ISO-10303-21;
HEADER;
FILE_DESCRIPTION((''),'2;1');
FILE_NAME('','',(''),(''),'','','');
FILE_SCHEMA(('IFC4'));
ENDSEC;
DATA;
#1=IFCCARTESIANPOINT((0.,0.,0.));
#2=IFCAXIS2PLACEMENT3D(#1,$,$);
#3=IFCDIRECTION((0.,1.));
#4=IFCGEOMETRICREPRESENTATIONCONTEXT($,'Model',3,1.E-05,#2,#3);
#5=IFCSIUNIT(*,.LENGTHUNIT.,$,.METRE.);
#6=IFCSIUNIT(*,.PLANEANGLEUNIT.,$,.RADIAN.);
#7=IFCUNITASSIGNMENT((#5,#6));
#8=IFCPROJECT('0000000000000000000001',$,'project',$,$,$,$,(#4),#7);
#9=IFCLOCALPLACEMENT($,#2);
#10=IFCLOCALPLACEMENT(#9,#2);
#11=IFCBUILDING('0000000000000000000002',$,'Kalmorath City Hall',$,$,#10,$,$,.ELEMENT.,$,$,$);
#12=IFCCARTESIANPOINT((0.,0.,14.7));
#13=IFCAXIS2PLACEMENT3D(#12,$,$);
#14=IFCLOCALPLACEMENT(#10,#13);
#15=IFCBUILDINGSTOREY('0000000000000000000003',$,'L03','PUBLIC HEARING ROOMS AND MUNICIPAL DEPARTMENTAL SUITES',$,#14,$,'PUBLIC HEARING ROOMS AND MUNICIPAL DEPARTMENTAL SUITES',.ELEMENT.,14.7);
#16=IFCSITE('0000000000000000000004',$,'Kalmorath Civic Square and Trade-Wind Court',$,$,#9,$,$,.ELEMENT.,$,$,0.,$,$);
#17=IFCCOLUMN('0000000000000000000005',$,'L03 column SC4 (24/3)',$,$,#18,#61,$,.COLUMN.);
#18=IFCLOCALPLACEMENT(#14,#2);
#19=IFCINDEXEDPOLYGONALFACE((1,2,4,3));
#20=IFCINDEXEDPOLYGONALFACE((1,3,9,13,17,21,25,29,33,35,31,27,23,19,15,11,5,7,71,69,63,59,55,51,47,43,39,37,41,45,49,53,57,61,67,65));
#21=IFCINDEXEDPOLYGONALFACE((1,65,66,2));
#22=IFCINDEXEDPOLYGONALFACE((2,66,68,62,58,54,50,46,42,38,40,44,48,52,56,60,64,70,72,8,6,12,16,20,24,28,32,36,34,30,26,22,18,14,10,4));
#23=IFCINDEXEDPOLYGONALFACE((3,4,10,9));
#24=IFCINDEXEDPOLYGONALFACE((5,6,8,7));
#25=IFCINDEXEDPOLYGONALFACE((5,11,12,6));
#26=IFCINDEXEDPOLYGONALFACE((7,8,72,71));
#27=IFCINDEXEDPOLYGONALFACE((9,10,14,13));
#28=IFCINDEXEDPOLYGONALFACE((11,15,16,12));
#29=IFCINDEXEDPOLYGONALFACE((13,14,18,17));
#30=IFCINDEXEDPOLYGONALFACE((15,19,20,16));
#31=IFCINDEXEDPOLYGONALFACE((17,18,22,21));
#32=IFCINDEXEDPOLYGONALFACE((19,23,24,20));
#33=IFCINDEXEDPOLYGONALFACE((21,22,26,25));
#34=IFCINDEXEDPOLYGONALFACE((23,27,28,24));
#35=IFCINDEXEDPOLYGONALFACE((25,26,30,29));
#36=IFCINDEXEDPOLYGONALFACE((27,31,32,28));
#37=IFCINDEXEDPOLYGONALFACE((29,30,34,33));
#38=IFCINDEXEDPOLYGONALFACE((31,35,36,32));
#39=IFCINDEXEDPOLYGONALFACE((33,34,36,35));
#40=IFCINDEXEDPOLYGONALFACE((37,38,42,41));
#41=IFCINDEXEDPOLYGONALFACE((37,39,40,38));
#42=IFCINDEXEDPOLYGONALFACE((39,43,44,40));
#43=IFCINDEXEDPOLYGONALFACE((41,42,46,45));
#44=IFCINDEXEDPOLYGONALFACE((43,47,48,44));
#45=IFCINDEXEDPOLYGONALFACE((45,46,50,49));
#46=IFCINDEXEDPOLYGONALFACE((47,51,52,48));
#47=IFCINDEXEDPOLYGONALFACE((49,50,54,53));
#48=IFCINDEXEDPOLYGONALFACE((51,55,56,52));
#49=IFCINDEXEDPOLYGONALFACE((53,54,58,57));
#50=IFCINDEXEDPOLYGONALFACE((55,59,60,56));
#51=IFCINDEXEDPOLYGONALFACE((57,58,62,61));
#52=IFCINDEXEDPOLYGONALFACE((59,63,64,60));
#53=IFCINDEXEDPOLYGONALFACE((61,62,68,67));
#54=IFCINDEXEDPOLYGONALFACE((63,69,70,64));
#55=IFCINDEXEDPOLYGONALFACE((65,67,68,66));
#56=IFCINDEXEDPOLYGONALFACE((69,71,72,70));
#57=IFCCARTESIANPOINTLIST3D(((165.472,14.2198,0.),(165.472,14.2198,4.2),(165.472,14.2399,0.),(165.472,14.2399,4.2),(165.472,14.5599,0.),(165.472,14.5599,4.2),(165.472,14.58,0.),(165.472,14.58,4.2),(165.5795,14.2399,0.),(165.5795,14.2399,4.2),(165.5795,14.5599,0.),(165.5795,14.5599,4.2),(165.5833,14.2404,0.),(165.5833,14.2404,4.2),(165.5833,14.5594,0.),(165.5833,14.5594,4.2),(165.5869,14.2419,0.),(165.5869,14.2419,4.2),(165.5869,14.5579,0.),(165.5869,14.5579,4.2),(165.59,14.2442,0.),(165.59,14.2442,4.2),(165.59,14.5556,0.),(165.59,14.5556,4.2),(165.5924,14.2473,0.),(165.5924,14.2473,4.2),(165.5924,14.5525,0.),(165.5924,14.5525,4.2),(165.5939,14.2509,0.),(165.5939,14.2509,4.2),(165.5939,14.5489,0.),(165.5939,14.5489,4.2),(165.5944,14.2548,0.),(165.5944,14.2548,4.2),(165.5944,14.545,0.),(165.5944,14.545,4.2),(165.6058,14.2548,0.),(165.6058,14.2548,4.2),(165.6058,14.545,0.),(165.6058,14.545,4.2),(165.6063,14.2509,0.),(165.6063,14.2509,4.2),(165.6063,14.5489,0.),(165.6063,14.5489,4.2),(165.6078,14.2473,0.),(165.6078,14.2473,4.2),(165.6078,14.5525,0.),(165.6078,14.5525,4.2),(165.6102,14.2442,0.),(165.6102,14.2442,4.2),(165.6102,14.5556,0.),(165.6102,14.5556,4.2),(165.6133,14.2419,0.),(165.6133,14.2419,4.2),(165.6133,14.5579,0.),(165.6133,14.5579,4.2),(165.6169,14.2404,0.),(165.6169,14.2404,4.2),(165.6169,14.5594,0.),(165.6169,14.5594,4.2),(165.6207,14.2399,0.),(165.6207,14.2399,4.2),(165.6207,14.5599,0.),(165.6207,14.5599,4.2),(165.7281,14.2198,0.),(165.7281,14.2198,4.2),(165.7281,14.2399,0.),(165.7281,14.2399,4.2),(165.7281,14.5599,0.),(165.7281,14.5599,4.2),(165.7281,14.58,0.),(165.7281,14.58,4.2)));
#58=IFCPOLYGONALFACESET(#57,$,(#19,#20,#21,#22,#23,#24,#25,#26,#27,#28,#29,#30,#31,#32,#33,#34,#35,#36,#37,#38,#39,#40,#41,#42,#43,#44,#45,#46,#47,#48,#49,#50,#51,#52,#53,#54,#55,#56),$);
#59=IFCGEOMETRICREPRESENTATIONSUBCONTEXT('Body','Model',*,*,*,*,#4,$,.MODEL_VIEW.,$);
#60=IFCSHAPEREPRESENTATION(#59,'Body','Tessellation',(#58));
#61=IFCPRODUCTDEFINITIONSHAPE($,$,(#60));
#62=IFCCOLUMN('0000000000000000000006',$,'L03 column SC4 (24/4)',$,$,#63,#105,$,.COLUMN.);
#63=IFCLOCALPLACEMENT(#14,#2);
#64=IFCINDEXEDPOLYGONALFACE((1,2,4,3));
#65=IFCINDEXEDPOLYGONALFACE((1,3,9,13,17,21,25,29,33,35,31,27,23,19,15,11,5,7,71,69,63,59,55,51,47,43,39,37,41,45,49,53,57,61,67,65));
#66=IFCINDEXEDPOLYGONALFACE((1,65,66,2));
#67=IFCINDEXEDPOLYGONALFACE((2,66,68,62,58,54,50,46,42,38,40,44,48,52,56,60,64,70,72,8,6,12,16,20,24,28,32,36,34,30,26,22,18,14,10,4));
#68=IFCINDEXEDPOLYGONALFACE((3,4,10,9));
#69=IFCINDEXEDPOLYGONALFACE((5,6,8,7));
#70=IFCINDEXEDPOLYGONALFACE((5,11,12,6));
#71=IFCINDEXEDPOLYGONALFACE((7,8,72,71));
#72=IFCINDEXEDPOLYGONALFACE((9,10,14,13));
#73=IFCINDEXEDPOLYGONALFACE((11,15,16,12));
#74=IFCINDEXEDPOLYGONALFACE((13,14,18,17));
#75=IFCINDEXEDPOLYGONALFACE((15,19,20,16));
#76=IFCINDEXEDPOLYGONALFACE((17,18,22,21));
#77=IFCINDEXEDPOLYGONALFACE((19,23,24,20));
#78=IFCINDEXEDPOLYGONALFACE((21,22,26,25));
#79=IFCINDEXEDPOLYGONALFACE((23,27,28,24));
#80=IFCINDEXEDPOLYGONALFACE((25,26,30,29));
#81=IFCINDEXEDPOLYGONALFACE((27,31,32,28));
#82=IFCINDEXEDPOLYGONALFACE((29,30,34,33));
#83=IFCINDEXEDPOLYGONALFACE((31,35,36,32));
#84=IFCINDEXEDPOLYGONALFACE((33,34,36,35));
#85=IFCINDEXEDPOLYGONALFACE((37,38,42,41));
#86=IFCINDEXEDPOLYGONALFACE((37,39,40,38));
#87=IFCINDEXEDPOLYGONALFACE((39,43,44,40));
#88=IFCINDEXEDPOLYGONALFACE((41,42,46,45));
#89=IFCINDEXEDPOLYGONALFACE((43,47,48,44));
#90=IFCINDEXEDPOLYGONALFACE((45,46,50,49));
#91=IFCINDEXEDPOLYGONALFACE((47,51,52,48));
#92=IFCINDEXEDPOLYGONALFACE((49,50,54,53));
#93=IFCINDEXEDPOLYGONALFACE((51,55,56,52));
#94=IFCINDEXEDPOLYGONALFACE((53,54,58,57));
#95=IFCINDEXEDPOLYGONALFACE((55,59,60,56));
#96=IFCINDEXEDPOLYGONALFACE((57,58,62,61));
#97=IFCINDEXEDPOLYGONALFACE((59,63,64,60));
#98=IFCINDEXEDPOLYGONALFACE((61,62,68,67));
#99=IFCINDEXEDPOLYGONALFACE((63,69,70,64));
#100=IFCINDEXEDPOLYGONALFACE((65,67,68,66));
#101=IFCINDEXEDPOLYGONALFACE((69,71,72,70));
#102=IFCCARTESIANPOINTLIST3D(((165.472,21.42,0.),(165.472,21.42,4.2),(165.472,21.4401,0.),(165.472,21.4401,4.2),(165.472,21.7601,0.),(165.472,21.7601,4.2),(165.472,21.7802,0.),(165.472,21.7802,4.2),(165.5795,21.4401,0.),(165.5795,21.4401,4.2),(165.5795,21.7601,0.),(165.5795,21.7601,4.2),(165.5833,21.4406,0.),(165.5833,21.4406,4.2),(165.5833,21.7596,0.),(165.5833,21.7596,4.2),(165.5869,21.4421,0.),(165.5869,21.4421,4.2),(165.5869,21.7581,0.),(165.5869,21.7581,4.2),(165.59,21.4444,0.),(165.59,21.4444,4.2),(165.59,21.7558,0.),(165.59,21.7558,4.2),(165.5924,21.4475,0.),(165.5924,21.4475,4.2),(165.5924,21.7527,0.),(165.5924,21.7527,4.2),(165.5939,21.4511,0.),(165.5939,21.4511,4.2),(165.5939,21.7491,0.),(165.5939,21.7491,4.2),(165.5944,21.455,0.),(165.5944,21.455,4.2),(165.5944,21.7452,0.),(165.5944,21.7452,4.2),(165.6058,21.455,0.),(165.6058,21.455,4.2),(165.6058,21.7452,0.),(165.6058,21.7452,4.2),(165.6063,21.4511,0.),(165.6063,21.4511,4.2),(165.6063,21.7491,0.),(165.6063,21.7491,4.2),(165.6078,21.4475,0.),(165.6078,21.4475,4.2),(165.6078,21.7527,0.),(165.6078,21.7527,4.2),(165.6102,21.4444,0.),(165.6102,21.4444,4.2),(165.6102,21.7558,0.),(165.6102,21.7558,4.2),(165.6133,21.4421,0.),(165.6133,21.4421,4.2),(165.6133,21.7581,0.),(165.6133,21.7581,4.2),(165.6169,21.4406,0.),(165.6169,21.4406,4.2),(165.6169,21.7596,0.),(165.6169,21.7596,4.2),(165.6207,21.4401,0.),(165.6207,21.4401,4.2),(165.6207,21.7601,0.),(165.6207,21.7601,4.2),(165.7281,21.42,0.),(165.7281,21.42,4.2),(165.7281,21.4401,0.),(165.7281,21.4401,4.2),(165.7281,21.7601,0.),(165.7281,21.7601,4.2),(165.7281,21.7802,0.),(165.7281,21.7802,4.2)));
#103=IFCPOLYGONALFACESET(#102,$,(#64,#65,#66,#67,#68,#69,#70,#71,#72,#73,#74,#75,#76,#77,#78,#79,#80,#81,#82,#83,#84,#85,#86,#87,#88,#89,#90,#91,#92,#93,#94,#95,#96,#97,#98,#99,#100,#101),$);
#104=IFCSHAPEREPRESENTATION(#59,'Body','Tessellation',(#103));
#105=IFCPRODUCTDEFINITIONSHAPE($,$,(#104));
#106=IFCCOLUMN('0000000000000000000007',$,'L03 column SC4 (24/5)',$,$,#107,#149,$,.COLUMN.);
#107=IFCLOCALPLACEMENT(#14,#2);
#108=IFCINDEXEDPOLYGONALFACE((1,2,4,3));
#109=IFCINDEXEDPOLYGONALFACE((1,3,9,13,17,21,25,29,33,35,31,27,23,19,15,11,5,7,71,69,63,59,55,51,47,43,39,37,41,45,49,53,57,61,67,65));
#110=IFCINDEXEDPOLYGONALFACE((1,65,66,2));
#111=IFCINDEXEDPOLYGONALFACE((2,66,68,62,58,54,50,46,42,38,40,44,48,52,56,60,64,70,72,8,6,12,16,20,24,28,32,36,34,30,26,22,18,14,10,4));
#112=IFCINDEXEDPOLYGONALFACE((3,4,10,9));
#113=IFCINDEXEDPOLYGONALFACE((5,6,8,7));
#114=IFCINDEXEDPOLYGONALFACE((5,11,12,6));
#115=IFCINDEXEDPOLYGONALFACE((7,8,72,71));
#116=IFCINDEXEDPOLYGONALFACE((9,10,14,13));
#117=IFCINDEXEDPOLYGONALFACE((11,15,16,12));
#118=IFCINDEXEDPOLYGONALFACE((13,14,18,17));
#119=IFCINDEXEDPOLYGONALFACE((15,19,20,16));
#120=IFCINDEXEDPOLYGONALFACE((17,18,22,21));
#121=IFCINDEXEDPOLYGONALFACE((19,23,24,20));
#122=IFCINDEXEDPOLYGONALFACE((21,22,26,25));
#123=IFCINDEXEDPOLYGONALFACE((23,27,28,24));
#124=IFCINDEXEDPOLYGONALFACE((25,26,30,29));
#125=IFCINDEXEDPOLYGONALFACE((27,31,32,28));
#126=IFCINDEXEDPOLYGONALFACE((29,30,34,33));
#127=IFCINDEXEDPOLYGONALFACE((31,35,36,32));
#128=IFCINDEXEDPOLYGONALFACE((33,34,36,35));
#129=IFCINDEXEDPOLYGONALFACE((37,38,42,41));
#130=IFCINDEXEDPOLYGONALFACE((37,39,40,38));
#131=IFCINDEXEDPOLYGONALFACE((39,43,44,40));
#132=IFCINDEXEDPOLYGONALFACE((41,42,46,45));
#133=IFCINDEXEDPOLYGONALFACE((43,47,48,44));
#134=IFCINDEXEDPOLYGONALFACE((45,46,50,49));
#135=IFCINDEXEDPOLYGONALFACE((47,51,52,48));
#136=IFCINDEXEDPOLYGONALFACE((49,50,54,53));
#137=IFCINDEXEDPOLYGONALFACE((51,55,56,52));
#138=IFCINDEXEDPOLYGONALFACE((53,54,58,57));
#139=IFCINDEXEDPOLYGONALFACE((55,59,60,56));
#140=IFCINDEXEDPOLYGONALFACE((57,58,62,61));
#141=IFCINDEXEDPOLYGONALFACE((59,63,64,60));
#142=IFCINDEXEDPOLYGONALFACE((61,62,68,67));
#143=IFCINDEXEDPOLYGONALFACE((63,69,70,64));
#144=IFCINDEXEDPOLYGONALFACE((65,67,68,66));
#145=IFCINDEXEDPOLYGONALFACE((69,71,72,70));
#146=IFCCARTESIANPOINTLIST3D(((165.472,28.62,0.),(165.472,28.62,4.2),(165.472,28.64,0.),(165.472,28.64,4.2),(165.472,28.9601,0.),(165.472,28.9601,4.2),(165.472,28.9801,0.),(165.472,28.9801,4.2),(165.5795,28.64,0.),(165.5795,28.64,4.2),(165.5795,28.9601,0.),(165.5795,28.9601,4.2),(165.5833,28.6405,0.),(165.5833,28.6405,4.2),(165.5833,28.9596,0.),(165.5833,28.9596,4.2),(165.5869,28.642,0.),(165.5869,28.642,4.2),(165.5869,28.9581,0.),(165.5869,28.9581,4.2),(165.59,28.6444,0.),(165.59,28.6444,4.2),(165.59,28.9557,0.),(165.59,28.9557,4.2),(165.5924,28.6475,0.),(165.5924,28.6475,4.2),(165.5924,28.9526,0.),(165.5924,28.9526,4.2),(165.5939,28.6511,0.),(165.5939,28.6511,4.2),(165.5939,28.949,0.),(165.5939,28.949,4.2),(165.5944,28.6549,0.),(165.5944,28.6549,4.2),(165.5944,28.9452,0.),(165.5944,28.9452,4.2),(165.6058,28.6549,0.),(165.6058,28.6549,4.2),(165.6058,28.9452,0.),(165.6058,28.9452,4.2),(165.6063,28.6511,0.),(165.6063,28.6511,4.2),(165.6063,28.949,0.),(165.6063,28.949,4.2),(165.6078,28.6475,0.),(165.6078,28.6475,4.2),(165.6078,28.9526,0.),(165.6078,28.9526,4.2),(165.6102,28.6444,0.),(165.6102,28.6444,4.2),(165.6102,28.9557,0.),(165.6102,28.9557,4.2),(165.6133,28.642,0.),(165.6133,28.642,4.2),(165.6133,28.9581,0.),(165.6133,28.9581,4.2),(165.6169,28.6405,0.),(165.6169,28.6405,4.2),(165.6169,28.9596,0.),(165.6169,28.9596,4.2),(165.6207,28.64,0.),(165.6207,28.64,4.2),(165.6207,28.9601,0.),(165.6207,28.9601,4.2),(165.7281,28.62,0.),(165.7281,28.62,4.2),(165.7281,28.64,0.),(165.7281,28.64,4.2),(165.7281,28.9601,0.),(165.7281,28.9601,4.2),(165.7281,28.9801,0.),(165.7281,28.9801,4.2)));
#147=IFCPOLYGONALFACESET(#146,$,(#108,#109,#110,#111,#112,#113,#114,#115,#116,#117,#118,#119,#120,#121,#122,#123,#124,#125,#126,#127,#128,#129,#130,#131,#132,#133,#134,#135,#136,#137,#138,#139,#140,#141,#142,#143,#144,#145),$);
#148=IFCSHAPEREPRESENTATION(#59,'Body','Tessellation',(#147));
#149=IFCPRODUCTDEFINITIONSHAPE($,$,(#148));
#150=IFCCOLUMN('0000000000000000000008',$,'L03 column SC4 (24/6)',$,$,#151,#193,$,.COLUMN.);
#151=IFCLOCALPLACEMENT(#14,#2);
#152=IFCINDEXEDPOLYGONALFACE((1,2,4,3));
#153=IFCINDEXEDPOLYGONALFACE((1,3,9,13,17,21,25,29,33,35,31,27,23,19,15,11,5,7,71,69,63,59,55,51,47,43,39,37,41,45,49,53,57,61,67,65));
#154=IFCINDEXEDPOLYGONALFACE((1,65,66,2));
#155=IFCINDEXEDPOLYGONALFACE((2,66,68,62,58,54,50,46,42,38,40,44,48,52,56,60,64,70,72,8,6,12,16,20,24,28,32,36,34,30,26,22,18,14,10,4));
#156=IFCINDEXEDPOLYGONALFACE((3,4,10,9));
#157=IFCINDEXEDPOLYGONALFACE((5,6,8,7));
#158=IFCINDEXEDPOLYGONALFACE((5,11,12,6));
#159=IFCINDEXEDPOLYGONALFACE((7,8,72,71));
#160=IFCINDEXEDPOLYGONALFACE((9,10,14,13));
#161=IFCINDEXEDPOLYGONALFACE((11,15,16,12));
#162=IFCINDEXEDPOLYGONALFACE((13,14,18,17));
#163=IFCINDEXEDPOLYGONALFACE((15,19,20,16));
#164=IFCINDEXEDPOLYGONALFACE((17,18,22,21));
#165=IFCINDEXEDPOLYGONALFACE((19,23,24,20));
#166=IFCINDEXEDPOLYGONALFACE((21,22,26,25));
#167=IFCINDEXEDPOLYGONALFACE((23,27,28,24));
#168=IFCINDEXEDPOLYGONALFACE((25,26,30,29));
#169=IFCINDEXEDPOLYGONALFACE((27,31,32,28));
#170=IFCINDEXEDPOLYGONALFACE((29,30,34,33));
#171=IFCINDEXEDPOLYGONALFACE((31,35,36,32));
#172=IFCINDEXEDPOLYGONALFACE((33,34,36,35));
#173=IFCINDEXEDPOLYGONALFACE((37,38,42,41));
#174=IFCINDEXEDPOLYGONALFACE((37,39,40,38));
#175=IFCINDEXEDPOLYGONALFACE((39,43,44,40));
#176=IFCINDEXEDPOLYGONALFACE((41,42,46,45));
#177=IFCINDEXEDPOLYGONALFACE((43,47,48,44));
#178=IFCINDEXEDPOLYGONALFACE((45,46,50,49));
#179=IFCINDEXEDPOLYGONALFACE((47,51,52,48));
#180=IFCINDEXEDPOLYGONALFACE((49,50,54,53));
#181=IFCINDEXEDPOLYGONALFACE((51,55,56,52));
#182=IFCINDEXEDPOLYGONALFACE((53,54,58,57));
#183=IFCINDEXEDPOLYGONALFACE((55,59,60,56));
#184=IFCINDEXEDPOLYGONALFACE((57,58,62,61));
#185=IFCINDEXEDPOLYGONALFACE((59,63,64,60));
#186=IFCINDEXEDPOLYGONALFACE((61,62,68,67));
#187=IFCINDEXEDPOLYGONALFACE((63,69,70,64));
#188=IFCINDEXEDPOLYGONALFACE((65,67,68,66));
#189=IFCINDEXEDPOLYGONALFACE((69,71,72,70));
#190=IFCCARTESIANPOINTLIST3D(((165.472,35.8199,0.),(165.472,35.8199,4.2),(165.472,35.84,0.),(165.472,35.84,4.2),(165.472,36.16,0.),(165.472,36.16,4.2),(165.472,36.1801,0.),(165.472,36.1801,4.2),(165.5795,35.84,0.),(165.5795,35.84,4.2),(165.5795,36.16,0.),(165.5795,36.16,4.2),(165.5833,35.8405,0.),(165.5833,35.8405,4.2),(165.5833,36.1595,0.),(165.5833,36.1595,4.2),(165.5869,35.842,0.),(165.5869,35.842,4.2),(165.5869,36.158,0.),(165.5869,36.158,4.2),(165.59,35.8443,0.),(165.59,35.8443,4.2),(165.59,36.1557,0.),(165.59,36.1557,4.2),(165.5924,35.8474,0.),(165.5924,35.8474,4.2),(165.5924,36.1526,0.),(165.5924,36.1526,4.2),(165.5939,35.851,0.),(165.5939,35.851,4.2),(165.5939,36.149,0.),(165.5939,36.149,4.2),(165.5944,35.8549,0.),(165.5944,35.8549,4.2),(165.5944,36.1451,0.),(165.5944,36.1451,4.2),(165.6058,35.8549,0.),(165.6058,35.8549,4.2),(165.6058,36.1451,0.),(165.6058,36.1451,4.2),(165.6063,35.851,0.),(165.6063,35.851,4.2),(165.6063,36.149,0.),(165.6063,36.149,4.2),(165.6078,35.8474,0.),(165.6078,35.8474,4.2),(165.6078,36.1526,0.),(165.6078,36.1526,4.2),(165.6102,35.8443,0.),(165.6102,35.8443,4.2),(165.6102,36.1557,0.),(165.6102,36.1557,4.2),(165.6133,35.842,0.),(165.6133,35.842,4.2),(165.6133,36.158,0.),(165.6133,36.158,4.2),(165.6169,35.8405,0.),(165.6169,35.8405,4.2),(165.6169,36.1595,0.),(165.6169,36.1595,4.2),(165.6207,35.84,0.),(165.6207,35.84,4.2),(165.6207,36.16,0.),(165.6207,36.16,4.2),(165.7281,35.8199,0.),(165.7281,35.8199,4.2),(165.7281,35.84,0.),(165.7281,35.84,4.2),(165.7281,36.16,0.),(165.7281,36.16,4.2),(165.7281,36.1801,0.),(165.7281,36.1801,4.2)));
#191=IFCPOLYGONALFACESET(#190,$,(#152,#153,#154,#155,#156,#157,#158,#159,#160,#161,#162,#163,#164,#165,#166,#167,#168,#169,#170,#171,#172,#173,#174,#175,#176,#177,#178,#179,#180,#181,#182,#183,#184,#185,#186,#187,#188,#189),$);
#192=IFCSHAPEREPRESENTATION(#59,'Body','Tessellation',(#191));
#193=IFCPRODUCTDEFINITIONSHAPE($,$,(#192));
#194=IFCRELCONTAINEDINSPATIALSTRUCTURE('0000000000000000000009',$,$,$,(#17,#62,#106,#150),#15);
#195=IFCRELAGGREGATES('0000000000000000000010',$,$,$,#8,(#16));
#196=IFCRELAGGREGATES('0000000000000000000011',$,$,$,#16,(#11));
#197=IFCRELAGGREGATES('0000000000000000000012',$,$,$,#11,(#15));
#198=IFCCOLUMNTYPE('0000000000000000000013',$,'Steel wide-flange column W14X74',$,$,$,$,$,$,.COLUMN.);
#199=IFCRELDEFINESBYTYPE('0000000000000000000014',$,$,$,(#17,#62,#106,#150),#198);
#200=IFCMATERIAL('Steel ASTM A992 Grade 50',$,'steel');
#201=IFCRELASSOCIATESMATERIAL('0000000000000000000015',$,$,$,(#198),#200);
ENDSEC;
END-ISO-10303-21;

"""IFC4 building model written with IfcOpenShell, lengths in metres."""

from ifc_helpers import new_model, si_unit, direction, frame, origin, origin_2d, place, context, subcontext, project, spatial, i_section, extrude, material, material_profile, profile_set, type_object, element, save


model = new_model("IFC4")

# Units and contexts
model_context = context("Model", 3, precision=1e-05, world=origin(), true_north=direction((0.0, 1.0)))
body_context = subcontext(model_context, "Body", "Model", "MODEL_VIEW")
ifc_project = project(units=[si_unit("LENGTHUNIT", "METRE"), si_unit("PLANEANGLEUNIT", "RADIAN")], contexts=[model_context])

# Site, building, storey
site_placement = place(None, origin())
site = spatial("IfcSite", under=ifc_project, at=site_placement, Name="Kalmorath Civic Square and Trade-Wind Court", CompositionType="ELEMENT", RefElevation=0.0)
building_placement = place(site_placement, origin())
building = spatial("IfcBuilding", under=site, at=building_placement, Name="Kalmorath City Hall", CompositionType="ELEMENT")
storey_placement = place(building_placement, frame((0.0, 0.0, 14.7)))
storey = spatial("IfcBuildingStorey", under=building, at=storey_placement, Name="L03", Description="PUBLIC HEARING ROOMS AND MUNICIPAL DEPARTMENTAL SUITES", LongName="PUBLIC HEARING ROOMS AND MUNICIPAL DEPARTMENTAL SUITES", CompositionType="ELEMENT", Elevation=14.7)

# Columns
ifc_material_1 = material(Name="Steel ASTM A992 Grade 50", Category="steel")
ifc_material_profile_1 = material_profile(ifc_material_1, i_section(OverallWidth=0.2561, OverallDepth=0.3601, WebThickness=0.0115, FlangeThickness=0.02, FilletRadius=0.0149, at=origin_2d()), Name="W14X74")
ifc_profile_set_1 = profile_set([ifc_material_profile_1], Name="Steel ASTM A992 Grade 50")
column_type = type_object("IfcColumnType", Name="Steel wide-flange column W14X74", PredefinedType="COLUMN", material=ifc_profile_set_1)
for number, where, z_axis, x_axis, name in (
    (1, (165.6001, 14.3999, 0.0), (0.0, 0.0, 1.0), (1.0, 0.0, 0.0), "L03 column SC4 (24/3)"),
    (2, (165.6001, 21.6001, 0.0), (0.0, 0.0, 1.0), (1.0, 0.0, 0.0), "L03 column SC4 (24/4)"),
    (3, (165.6001, 28.8, 0.0), (0.0, 0.0, 1.0), (1.0, 0.0, 0.0), "L03 column SC4 (24/5)"),
    (4, (165.6001, 36.0, 0.0), (0.0, 0.0, 1.0), (1.0, 0.0, 0.0), "L03 column SC4 (24/6)"),
):
    element("IfcColumn", number, at=place(storey_placement, frame(where, z_axis=z_axis, x_axis=x_axis)), inside=storey, type_object=column_type, Name=name, PredefinedType="COLUMN", context=body_context, shape_type="SweptSolid", body=[
        extrude(i_section(OverallWidth=0.2561, OverallDepth=0.3601, WebThickness=0.0115, FlangeThickness=0.02, FilletRadius=0.0149, at=origin_2d()), origin(), (0.0, 0.0, 1.0), 4.2),
    ])

save(model, "model.ifc")
